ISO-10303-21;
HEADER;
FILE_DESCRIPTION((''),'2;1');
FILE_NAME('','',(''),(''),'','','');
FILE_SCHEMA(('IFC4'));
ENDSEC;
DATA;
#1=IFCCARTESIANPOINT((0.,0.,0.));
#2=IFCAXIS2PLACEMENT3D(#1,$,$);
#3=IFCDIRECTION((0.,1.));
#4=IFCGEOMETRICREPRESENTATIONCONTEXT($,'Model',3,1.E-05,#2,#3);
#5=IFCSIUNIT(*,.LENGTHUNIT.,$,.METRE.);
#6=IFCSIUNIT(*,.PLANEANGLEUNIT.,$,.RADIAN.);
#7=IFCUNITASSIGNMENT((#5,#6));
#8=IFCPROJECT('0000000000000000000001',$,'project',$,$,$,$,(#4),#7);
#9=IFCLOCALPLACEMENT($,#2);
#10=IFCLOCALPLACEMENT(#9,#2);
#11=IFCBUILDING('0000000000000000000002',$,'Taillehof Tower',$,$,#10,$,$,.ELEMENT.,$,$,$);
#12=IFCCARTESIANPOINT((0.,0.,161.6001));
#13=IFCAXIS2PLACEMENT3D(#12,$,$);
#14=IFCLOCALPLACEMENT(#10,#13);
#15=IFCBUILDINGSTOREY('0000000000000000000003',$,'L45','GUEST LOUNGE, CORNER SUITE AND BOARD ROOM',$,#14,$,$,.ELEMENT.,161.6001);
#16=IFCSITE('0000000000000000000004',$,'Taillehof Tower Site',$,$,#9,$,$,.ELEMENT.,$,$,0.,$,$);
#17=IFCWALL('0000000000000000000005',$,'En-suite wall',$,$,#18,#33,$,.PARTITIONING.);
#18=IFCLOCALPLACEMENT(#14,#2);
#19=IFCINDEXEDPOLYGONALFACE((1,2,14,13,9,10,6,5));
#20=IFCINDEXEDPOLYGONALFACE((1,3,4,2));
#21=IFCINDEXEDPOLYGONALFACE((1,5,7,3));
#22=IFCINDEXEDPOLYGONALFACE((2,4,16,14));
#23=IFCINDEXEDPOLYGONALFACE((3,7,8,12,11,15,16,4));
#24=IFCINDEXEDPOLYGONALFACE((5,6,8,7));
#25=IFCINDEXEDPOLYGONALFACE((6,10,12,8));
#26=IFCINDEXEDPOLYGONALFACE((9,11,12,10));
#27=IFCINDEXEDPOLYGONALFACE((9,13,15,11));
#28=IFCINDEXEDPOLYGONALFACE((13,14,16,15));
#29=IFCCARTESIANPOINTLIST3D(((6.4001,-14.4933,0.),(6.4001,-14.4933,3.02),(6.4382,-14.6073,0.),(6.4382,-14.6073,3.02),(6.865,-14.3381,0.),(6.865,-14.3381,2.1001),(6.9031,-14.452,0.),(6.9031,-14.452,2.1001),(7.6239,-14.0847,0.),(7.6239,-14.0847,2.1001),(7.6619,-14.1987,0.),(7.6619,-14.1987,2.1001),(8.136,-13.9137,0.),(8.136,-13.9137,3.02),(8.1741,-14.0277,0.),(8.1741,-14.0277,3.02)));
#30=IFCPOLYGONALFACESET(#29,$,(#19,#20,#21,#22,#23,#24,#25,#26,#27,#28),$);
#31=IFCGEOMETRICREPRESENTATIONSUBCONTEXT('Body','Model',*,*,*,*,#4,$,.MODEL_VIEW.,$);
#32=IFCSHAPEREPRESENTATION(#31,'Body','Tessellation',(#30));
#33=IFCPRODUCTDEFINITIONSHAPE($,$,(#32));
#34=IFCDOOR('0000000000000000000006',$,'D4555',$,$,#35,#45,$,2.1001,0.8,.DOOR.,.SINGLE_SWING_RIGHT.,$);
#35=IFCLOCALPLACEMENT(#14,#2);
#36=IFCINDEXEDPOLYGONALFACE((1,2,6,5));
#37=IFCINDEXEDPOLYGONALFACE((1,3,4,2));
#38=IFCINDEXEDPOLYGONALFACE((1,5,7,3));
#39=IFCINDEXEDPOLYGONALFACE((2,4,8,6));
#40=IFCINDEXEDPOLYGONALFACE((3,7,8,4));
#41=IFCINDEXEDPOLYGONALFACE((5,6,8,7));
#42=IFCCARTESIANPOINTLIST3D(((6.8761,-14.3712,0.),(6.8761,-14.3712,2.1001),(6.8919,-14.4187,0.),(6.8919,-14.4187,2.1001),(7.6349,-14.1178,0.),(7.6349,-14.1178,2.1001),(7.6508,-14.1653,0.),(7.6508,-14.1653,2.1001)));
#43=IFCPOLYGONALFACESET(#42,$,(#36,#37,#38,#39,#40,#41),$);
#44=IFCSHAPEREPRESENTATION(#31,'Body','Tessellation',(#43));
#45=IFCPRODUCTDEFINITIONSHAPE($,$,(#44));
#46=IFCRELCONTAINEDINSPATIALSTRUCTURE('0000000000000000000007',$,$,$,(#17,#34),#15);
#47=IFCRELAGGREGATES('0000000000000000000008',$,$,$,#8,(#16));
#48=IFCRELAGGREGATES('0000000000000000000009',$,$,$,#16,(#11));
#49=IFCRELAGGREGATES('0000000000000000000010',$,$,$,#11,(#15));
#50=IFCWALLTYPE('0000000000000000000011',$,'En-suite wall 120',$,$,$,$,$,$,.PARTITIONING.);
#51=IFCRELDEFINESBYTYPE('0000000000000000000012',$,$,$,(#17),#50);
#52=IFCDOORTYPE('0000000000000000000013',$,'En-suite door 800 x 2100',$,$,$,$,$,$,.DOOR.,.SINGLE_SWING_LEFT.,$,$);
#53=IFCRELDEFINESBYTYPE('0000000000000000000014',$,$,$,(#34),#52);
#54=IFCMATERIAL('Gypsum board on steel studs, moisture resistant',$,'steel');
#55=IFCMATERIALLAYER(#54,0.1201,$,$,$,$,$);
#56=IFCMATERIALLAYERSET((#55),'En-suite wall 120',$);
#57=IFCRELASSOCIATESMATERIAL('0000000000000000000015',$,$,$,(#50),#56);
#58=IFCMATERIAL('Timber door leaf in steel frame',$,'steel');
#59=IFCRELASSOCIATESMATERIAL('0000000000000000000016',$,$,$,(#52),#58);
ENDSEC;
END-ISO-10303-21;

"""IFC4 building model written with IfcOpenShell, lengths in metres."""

from ifc_helpers import new_model, si_unit, direction, frame, frame_2d, origin, place, context, subcontext, project, spatial, rectangle, extrude, material, layer, layer_set, type_object, element, fill, save


model = new_model("IFC4")

# Units and contexts
model_context = context("Model", 3, precision=1e-05, world=origin(), true_north=direction((0.0, 1.0)))
body_context = subcontext(model_context, "Body", "Model", "MODEL_VIEW")
ifc_project = project(units=[si_unit("LENGTHUNIT", "METRE"), si_unit("PLANEANGLEUNIT", "RADIAN")], contexts=[model_context])

# Site, building, storey
site_placement = place(None, origin())
site = spatial("IfcSite", under=ifc_project, at=site_placement, Name="Taillehof Tower Site", CompositionType="ELEMENT", RefElevation=0.0)
building_placement = place(site_placement, origin())
building = spatial("IfcBuilding", under=site, at=building_placement, Name="Taillehof Tower", CompositionType="ELEMENT")
storey_placement = place(building_placement, frame((0.0, 0.0, 161.6001)))
storey = spatial("IfcBuildingStorey", under=building, at=storey_placement, Name="L45", Description="GUEST LOUNGE, CORNER SUITE AND BOARD ROOM", CompositionType="ELEMENT", Elevation=161.6001)

# Wall, opening, door
ifc_material_1 = material(Name="Gypsum board on steel studs, moisture resistant", Category="steel")
ifc_layer_1 = layer(ifc_material_1, 0.1201)
ifc_layer_set_1 = layer_set([ifc_layer_1], Name="En-suite wall 120")
wall_type_1 = type_object("IfcWallType", Name="En-suite wall 120", PredefinedType="PARTITIONING", material=ifc_layer_set_1)
wall_1_placement = place(storey_placement, frame((8.155, -13.9707, 0.0), z_axis=(0.0, 0.0, 1.0), x_axis=(-0.948523, -0.316708, 0.0)))
wall_1 = element("IfcWall", 1, at=wall_1_placement, inside=storey, type_object=wall_type_1, Name="En-suite wall", PredefinedType="PARTITIONING", context=body_context, shape_type="SweptSolid", body=[
    extrude(rectangle(XDim=1.8301, YDim=0.1201, at=frame_2d((0.915, 0.0))), origin(), (0.0, 0.0, 1.0), 3.02),
])
opening_1_placement = place(wall_1_placement, frame((0.54, 0.0, 0.0)))
opening_1 = element("IfcOpeningElement", 2, at=opening_1_placement, cuts=wall_1, PredefinedType="OPENING", context=body_context, shape_type="SweptSolid", body=[
    extrude(rectangle(XDim=0.8, YDim=2.1001, at=frame_2d((0.3999, 1.05))), frame((0.0, 0.0701, 0.0), z_axis=(0.0, -1.0, 0.0), x_axis=(1.0, 0.0, 0.0)), (0.0, 0.0, 1.0), 0.1401),
])
ifc_material_2 = material(Name="Timber door leaf in steel frame", Category="steel")
door_type_1 = type_object("IfcDoorType", Name="En-suite door 800 x 2100", OperationType="SINGLE_SWING_LEFT", PredefinedType="DOOR", material=ifc_material_2)
door_1_placement = place(opening_1_placement, origin())
door_1 = element("IfcDoor", 3, at=door_1_placement, inside=storey, type_object=door_type_1, Name="D4555", OperationType="SINGLE_SWING_RIGHT", OverallHeight=2.1001, OverallWidth=0.8, PredefinedType="DOOR", context=body_context, shape_type="SweptSolid", body=[
    extrude(rectangle(XDim=0.8, YDim=2.1001, at=frame_2d((0.3999, 1.05))), frame((0.0, 0.0249, 0.0), z_axis=(0.0, -1.0, 0.0), x_axis=(1.0, 0.0, 0.0)), (0.0, 0.0, 1.0), 0.05),
])
fill(opening_1, door_1)

save(model, "model.ifc")
